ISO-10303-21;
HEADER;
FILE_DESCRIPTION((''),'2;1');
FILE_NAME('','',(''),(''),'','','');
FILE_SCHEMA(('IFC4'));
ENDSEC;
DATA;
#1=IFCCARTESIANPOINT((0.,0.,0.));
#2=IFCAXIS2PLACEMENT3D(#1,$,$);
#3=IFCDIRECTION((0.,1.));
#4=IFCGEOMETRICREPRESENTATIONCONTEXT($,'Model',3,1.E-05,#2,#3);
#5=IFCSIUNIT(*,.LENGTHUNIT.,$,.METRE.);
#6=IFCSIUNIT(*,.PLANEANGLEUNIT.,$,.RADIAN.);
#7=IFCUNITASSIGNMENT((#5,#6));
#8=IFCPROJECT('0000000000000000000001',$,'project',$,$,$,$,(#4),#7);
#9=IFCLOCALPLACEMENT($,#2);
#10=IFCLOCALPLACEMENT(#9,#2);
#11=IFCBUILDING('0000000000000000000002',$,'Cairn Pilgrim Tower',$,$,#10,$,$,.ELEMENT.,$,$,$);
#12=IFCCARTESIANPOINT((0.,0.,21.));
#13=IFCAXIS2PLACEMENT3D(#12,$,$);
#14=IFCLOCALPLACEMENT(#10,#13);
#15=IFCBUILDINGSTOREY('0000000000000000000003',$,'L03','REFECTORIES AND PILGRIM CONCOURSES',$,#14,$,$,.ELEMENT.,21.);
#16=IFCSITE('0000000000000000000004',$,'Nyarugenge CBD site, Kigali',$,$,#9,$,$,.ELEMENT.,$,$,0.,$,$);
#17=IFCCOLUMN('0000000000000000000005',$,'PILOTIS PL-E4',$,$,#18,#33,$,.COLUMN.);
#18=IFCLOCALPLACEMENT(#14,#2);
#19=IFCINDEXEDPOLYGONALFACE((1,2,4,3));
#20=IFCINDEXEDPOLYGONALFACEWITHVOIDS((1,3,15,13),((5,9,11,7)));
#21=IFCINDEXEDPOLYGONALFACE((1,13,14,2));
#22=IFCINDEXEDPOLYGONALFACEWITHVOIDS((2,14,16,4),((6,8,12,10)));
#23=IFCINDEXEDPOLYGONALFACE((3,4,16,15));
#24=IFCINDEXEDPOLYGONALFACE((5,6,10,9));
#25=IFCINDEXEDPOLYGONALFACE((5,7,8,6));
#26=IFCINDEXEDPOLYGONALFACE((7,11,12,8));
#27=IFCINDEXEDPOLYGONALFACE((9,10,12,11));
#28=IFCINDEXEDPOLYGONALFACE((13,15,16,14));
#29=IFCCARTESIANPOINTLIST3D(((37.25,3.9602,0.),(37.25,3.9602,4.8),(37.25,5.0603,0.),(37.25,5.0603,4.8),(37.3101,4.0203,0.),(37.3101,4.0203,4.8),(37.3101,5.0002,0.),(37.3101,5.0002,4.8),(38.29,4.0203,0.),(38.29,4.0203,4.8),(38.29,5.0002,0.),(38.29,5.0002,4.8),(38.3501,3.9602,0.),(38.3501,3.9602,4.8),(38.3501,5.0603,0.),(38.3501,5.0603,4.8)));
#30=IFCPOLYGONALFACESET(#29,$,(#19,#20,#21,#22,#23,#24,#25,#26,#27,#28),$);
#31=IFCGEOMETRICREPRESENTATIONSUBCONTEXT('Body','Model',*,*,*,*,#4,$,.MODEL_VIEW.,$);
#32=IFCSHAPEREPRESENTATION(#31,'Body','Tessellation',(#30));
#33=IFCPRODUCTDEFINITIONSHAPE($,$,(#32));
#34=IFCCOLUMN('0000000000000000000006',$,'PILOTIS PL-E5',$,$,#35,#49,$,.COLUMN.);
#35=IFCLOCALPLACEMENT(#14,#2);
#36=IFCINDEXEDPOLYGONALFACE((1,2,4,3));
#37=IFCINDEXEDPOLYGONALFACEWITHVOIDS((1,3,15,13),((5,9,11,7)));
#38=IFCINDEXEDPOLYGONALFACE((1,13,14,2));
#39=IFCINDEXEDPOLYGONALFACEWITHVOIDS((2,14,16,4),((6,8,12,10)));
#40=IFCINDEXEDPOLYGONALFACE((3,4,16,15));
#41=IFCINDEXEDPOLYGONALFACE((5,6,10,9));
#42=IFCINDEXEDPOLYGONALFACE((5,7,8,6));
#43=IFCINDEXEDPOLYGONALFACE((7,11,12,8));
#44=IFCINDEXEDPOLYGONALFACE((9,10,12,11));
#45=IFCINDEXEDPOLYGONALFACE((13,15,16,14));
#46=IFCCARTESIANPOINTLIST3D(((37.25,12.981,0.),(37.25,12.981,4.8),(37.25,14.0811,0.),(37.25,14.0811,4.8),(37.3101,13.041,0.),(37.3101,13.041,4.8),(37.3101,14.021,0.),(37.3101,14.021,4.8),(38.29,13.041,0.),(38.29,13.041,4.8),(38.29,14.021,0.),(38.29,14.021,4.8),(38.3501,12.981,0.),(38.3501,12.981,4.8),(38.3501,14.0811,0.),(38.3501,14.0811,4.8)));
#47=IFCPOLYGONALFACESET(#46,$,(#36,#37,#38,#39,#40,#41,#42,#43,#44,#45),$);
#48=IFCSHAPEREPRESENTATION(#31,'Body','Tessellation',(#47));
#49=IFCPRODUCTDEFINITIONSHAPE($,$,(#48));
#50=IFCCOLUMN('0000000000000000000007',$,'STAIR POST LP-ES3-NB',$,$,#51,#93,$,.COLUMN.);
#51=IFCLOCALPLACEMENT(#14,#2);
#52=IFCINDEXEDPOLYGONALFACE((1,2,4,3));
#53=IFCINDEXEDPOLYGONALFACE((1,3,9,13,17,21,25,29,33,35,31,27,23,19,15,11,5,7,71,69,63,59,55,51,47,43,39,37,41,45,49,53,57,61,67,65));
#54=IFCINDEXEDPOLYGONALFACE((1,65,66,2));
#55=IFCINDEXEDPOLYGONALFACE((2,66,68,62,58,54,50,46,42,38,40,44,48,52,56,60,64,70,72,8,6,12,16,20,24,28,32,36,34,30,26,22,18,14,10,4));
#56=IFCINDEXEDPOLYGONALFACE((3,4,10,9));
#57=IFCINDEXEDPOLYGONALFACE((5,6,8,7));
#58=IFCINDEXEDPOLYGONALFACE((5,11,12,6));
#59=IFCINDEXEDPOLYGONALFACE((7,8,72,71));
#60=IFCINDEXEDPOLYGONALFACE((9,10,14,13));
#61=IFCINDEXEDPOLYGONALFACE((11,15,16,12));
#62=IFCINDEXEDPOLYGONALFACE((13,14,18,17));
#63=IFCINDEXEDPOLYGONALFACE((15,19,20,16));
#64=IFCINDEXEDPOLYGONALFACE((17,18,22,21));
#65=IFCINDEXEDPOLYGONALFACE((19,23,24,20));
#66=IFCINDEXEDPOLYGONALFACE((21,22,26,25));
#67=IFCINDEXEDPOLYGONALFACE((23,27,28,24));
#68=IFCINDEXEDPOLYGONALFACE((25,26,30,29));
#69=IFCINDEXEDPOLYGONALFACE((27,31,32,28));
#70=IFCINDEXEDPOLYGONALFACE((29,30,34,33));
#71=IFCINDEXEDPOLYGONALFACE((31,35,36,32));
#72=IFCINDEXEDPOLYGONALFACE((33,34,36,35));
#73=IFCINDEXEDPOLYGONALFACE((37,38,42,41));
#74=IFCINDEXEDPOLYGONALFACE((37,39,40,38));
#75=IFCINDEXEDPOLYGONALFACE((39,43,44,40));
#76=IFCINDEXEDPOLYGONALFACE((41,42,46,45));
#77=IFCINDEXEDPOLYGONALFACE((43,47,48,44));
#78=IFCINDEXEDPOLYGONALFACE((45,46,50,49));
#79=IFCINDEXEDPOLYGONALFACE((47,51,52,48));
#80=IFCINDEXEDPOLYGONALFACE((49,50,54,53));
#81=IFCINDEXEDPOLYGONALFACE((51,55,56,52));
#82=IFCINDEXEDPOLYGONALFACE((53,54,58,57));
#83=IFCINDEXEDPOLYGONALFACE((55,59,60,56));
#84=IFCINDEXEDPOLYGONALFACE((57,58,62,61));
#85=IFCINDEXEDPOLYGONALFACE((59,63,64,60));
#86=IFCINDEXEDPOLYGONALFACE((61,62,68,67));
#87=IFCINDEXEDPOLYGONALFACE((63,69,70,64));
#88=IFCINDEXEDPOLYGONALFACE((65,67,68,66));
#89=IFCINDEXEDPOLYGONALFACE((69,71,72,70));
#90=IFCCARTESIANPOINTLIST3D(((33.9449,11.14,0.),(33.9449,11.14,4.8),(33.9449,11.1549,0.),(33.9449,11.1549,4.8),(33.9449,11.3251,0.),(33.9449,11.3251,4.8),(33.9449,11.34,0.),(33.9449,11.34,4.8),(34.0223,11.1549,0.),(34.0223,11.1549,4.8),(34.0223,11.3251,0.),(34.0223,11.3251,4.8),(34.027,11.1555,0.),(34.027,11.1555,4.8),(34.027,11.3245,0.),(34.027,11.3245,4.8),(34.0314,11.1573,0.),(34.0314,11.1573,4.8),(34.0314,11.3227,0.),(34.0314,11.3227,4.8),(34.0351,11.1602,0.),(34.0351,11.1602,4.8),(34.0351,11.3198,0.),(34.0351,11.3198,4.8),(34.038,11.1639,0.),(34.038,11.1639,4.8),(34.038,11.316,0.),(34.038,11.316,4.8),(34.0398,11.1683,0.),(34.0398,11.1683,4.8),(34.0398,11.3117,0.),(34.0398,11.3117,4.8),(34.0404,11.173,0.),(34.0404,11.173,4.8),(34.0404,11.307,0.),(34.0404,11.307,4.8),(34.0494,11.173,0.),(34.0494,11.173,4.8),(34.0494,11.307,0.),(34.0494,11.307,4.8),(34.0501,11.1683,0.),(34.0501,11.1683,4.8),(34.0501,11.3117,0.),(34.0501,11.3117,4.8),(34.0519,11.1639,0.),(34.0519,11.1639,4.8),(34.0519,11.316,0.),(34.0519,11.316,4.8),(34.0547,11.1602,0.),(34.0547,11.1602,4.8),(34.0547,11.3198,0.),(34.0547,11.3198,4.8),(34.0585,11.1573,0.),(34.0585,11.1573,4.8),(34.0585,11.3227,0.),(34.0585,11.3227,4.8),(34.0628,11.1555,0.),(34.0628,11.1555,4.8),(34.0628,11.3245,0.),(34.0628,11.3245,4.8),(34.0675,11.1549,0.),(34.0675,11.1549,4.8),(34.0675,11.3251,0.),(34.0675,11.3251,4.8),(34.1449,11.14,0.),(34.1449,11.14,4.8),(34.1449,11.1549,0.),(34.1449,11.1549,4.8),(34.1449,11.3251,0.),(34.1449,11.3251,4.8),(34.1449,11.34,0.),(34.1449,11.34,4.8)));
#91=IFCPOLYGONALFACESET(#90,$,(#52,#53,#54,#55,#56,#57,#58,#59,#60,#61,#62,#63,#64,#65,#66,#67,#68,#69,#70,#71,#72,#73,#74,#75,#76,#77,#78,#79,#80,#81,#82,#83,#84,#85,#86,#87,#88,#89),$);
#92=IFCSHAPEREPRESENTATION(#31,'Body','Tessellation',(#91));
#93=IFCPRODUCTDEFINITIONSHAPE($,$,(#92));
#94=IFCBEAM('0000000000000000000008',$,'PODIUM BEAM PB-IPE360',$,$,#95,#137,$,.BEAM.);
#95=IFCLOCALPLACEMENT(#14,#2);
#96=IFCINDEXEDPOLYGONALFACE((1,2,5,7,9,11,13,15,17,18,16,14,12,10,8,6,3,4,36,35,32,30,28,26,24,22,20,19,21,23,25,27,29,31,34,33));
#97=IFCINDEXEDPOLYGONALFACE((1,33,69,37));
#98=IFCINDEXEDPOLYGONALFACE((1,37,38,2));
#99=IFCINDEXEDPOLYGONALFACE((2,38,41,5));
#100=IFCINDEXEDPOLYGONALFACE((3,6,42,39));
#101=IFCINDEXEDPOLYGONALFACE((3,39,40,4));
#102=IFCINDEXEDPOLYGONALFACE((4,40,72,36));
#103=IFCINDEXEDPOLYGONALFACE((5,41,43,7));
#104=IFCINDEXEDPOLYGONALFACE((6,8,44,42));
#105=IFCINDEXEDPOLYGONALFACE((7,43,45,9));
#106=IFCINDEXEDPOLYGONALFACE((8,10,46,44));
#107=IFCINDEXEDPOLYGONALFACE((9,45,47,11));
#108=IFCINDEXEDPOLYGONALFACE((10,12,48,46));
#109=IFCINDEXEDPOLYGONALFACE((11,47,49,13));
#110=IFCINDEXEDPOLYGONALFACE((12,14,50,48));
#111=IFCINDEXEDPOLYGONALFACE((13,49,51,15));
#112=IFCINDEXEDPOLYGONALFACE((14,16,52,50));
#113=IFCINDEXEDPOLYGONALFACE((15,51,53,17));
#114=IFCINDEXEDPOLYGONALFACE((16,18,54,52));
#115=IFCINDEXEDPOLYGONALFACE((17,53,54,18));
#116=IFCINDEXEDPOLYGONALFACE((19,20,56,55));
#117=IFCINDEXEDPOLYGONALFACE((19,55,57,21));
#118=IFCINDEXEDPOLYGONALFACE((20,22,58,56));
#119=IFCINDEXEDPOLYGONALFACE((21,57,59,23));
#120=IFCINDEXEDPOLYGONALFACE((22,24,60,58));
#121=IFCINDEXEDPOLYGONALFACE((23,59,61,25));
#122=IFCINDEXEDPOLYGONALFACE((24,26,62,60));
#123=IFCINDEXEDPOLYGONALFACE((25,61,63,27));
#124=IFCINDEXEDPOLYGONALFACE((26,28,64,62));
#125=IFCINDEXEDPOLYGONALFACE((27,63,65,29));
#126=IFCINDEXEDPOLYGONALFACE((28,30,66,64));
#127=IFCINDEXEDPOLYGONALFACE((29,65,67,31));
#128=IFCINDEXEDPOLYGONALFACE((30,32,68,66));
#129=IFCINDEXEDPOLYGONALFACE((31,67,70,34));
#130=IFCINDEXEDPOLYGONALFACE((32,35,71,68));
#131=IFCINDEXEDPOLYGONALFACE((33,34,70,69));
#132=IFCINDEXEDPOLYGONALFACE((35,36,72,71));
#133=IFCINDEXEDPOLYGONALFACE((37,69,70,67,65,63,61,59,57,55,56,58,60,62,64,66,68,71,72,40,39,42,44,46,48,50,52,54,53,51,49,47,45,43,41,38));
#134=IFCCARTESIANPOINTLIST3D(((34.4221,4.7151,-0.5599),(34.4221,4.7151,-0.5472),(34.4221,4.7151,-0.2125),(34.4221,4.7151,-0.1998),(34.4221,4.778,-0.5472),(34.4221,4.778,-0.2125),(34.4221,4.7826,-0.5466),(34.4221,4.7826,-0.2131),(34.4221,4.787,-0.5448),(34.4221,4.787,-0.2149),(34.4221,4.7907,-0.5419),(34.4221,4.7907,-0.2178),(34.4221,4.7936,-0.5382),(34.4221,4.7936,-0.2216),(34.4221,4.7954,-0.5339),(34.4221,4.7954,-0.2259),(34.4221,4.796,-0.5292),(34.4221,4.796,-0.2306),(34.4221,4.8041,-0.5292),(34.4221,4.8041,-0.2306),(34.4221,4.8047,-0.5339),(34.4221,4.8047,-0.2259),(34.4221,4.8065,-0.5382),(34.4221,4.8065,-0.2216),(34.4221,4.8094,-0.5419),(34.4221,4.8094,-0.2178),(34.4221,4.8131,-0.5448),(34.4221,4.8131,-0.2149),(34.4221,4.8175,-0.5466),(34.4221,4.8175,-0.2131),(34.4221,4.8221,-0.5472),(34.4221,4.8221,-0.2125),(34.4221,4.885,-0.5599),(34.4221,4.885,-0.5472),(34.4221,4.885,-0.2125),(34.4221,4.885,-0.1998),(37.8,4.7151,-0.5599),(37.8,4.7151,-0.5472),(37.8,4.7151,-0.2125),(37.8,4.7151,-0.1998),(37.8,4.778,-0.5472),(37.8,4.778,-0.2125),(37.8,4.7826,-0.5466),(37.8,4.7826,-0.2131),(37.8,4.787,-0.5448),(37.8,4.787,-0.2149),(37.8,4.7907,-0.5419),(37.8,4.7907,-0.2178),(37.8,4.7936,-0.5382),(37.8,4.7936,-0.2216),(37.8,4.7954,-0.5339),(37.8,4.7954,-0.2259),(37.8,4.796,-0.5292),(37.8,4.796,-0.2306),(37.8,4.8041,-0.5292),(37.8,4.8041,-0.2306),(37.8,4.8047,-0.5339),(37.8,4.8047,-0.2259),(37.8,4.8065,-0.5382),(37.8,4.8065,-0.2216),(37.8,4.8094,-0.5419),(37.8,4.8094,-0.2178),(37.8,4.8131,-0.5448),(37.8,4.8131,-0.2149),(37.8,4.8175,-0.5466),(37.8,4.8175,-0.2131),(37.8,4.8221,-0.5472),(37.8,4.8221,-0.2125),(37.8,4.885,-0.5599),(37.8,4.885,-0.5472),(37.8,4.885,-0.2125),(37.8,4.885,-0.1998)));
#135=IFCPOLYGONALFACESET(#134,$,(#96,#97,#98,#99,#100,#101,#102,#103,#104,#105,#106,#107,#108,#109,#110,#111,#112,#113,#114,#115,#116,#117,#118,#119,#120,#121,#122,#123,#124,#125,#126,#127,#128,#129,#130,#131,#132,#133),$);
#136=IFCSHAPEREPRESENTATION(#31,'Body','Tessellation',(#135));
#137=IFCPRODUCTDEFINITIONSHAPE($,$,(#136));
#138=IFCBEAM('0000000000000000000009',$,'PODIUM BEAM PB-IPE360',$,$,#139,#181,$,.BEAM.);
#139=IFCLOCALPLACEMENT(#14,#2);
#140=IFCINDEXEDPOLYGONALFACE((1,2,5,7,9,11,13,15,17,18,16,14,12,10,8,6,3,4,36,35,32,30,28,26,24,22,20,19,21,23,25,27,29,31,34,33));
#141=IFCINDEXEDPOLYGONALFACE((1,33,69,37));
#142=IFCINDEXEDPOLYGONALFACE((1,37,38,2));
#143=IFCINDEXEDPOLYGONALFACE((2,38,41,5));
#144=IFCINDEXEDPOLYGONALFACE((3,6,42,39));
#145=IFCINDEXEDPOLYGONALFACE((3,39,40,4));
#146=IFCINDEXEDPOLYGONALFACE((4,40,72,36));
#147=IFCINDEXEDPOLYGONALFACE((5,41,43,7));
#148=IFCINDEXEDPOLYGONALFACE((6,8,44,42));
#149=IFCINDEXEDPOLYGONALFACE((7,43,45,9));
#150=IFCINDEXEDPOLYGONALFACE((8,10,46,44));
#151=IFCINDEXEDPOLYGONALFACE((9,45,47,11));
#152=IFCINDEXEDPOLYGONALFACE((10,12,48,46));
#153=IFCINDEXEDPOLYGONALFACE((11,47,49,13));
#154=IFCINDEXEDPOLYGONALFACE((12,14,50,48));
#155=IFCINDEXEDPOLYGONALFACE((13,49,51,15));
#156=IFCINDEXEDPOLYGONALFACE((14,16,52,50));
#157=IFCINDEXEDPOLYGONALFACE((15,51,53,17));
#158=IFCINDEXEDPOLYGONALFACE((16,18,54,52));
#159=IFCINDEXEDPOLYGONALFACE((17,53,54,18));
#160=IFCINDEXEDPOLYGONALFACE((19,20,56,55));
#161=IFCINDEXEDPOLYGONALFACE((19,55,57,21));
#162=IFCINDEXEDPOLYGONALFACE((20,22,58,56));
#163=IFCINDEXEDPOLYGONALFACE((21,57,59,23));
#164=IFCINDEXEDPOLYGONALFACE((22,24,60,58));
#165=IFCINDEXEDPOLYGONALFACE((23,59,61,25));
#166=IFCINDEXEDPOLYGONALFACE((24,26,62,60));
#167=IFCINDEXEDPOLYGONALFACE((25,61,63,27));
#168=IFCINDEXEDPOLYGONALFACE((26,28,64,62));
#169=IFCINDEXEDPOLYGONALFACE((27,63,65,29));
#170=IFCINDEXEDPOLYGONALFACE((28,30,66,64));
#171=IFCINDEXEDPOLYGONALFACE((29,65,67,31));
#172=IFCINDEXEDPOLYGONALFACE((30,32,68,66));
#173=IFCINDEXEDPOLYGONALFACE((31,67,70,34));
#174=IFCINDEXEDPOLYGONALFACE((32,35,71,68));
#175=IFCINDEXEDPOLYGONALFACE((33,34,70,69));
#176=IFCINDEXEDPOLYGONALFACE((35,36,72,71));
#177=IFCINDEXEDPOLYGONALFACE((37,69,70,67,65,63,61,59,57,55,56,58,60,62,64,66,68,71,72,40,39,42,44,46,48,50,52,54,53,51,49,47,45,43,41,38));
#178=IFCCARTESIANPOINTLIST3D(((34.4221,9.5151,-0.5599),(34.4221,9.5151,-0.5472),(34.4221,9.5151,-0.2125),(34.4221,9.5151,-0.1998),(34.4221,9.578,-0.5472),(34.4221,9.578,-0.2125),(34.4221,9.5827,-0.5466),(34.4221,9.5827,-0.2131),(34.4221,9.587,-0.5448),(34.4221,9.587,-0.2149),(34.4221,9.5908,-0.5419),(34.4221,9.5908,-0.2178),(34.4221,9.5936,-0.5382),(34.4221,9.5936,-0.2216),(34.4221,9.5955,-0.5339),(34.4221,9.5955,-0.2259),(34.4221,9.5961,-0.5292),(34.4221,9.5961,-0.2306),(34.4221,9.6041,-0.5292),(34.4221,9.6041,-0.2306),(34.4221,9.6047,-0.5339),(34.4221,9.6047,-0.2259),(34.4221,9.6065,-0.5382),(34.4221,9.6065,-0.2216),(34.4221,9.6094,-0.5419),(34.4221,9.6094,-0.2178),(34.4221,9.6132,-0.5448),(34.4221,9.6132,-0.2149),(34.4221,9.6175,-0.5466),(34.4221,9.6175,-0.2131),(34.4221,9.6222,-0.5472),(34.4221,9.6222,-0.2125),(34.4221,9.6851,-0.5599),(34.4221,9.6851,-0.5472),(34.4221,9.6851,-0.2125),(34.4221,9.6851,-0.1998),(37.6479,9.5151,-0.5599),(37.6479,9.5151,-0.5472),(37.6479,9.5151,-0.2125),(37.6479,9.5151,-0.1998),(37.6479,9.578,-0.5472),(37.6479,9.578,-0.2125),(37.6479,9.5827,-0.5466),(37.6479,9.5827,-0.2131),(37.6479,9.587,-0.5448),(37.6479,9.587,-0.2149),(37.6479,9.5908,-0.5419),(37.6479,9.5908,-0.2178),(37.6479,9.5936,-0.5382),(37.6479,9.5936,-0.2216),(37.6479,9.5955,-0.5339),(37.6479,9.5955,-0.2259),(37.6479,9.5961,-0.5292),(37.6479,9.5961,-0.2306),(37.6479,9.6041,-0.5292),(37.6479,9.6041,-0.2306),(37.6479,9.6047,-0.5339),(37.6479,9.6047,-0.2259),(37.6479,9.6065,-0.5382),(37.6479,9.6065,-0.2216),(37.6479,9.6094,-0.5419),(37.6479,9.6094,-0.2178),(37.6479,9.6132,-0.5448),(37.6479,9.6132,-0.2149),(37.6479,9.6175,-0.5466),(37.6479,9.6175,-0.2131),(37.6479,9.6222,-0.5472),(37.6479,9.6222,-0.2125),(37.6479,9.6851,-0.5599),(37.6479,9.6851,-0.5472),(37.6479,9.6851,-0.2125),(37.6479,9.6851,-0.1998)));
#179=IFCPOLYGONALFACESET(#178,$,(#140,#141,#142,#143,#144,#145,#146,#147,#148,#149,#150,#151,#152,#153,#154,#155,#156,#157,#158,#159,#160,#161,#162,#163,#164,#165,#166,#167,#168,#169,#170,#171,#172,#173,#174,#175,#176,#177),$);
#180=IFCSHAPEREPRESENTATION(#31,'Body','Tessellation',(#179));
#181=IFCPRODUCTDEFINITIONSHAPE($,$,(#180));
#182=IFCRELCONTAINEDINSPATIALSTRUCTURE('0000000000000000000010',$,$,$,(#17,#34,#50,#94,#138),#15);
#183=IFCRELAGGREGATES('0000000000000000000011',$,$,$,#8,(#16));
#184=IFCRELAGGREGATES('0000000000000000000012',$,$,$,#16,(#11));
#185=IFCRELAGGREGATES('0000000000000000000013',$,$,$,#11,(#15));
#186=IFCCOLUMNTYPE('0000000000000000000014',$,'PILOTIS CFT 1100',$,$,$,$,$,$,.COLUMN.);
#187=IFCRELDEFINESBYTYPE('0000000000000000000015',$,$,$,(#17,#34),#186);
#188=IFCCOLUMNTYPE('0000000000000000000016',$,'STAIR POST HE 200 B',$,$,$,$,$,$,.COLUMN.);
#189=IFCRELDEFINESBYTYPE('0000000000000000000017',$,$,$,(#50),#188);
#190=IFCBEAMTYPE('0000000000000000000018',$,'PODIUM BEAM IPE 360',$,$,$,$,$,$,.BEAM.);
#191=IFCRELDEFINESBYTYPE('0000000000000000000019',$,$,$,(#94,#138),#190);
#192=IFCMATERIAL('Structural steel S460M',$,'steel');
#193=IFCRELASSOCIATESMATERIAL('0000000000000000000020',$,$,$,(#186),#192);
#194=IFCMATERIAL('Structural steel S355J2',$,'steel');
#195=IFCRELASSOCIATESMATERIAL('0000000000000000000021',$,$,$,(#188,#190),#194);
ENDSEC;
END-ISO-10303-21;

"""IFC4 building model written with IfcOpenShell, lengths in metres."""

from ifc_helpers import new_model, si_unit, direction, frame, origin, origin_2d, place, context, subcontext, project, spatial, hollow_rectangle, i_section, extrude, material, material_profile, profile_set, type_object, element, save


model = new_model("IFC4")

# Units and contexts
model_context = context("Model", 3, precision=1e-05, world=origin(), true_north=direction((0.0, 1.0)))
body_context = subcontext(model_context, "Body", "Model", "MODEL_VIEW")
ifc_project = project(units=[si_unit("LENGTHUNIT", "METRE"), si_unit("PLANEANGLEUNIT", "RADIAN")], contexts=[model_context])

# Site, building, storey
site_placement = place(None, origin())
site = spatial("IfcSite", under=ifc_project, at=site_placement, Name="Nyarugenge CBD site, Kigali", CompositionType="ELEMENT", RefElevation=0.0)
building_placement = place(site_placement, origin())
building = spatial("IfcBuilding", under=site, at=building_placement, Name="Cairn Pilgrim Tower", CompositionType="ELEMENT")
storey_placement = place(building_placement, frame((0.0, 0.0, 21.0)))
storey = spatial("IfcBuildingStorey", under=building, at=storey_placement, Name="L03", Description="REFECTORIES AND PILGRIM CONCOURSES", CompositionType="ELEMENT", Elevation=21.0)

# Columns
ifc_material_1 = material(Name="Structural steel S460M", Category="steel")
ifc_material_profile_1 = material_profile(ifc_material_1, hollow_rectangle(XDim=1.1001, YDim=1.1001, WallThickness=0.0601, at=origin_2d()), Name="BOX 1100x1100x60")
ifc_profile_set_1 = profile_set([ifc_material_profile_1], Name="Structural steel S460M")
column_type_1 = type_object("IfcColumnType", Name="PILOTIS CFT 1100", PredefinedType="COLUMN", material=ifc_profile_set_1)
for number, where, z_axis, x_axis, name in (
    (1, (37.8, 4.5103, 0.0), (0.0, 0.0, 1.0), (1.0, 0.0, 0.0), "PILOTIS PL-E4"),
    (2, (37.8, 13.531, 0.0), (0.0, 0.0, 1.0), (1.0, 0.0, 0.0), "PILOTIS PL-E5"),
):
    element("IfcColumn", number, at=place(storey_placement, frame(where, z_axis=z_axis, x_axis=x_axis)), inside=storey, type_object=column_type_1, Name=name, PredefinedType="COLUMN", context=body_context, shape_type="SweptSolid", body=[
        extrude(hollow_rectangle(XDim=1.1001, YDim=1.1001, WallThickness=0.0601, at=origin_2d()), origin(), (0.0, 0.0, 1.0), 4.8),
    ])
ifc_material_2 = material(Name="Structural steel S355J2", Category="steel")
ifc_material_profile_2 = material_profile(ifc_material_2, i_section(OverallWidth=0.2, OverallDepth=0.2, WebThickness=0.009, FlangeThickness=0.0149, FilletRadius=0.0181, at=origin_2d()), Name="HE 200 B")
ifc_profile_set_2 = profile_set([ifc_material_profile_2], Name="Structural steel S355J2")
column_type_2 = type_object("IfcColumnType", Name="STAIR POST HE 200 B", PredefinedType="COLUMN", material=ifc_profile_set_2)
column_placement = place(storey_placement, frame((34.0449, 11.24, 0.0), z_axis=(0.0, 0.0, 1.0), x_axis=(1.0, 0.0, 0.0)))
element("IfcColumn", 3, at=column_placement, inside=storey, type_object=column_type_2, Name="STAIR POST LP-ES3-NB", PredefinedType="COLUMN", context=body_context, shape_type="SweptSolid", body=[
    extrude(i_section(OverallWidth=0.2, OverallDepth=0.2, WebThickness=0.009, FlangeThickness=0.0149, FilletRadius=0.0181, at=origin_2d()), origin(), (0.0, 0.0, 1.0), 4.8),
])

# Beams
ifc_material_profile_3 = material_profile(ifc_material_2, i_section(OverallWidth=0.1699, OverallDepth=0.3601, WebThickness=0.0081, FlangeThickness=0.0127, FilletRadius=0.0181, at=origin_2d()), Name="IPE 360")
ifc_profile_set_3 = profile_set([ifc_material_profile_3], Name="Structural steel S355J2")
beam_type_1 = type_object("IfcBeamType", Name="PODIUM BEAM IPE 360", PredefinedType="BEAM", material=ifc_profile_set_3)
beam_1_placement = place(storey_placement, frame((34.4221, 4.8, -0.3799), z_axis=(1.0, 0.0, 0.0), x_axis=(0.0, 1.0, 0.0)))
element("IfcBeam", 4, at=beam_1_placement, inside=storey, type_object=beam_type_1, Name="PODIUM BEAM PB-IPE360", PredefinedType="BEAM", context=body_context, shape_type="SweptSolid", body=[
    extrude(i_section(OverallWidth=0.1699, OverallDepth=0.3601, WebThickness=0.0081, FlangeThickness=0.0127, FilletRadius=0.0181, at=origin_2d()), origin(), (0.0, 0.0, 1.0), 3.3779),
])
beam_2_placement = place(storey_placement, frame((34.4221, 9.6001, -0.3799), z_axis=(1.0, 0.0, 0.0), x_axis=(0.0, 1.0, 0.0)))
element("IfcBeam", 5, at=beam_2_placement, inside=storey, type_object=beam_type_1, Name="PODIUM BEAM PB-IPE360", PredefinedType="BEAM", context=body_context, shape_type="SweptSolid", body=[
    extrude(i_section(OverallWidth=0.1699, OverallDepth=0.3601, WebThickness=0.0081, FlangeThickness=0.0127, FilletRadius=0.0181, at=origin_2d()), origin(), (0.0, 0.0, 1.0), 3.2258),
])

save(model, "model.ifc")
